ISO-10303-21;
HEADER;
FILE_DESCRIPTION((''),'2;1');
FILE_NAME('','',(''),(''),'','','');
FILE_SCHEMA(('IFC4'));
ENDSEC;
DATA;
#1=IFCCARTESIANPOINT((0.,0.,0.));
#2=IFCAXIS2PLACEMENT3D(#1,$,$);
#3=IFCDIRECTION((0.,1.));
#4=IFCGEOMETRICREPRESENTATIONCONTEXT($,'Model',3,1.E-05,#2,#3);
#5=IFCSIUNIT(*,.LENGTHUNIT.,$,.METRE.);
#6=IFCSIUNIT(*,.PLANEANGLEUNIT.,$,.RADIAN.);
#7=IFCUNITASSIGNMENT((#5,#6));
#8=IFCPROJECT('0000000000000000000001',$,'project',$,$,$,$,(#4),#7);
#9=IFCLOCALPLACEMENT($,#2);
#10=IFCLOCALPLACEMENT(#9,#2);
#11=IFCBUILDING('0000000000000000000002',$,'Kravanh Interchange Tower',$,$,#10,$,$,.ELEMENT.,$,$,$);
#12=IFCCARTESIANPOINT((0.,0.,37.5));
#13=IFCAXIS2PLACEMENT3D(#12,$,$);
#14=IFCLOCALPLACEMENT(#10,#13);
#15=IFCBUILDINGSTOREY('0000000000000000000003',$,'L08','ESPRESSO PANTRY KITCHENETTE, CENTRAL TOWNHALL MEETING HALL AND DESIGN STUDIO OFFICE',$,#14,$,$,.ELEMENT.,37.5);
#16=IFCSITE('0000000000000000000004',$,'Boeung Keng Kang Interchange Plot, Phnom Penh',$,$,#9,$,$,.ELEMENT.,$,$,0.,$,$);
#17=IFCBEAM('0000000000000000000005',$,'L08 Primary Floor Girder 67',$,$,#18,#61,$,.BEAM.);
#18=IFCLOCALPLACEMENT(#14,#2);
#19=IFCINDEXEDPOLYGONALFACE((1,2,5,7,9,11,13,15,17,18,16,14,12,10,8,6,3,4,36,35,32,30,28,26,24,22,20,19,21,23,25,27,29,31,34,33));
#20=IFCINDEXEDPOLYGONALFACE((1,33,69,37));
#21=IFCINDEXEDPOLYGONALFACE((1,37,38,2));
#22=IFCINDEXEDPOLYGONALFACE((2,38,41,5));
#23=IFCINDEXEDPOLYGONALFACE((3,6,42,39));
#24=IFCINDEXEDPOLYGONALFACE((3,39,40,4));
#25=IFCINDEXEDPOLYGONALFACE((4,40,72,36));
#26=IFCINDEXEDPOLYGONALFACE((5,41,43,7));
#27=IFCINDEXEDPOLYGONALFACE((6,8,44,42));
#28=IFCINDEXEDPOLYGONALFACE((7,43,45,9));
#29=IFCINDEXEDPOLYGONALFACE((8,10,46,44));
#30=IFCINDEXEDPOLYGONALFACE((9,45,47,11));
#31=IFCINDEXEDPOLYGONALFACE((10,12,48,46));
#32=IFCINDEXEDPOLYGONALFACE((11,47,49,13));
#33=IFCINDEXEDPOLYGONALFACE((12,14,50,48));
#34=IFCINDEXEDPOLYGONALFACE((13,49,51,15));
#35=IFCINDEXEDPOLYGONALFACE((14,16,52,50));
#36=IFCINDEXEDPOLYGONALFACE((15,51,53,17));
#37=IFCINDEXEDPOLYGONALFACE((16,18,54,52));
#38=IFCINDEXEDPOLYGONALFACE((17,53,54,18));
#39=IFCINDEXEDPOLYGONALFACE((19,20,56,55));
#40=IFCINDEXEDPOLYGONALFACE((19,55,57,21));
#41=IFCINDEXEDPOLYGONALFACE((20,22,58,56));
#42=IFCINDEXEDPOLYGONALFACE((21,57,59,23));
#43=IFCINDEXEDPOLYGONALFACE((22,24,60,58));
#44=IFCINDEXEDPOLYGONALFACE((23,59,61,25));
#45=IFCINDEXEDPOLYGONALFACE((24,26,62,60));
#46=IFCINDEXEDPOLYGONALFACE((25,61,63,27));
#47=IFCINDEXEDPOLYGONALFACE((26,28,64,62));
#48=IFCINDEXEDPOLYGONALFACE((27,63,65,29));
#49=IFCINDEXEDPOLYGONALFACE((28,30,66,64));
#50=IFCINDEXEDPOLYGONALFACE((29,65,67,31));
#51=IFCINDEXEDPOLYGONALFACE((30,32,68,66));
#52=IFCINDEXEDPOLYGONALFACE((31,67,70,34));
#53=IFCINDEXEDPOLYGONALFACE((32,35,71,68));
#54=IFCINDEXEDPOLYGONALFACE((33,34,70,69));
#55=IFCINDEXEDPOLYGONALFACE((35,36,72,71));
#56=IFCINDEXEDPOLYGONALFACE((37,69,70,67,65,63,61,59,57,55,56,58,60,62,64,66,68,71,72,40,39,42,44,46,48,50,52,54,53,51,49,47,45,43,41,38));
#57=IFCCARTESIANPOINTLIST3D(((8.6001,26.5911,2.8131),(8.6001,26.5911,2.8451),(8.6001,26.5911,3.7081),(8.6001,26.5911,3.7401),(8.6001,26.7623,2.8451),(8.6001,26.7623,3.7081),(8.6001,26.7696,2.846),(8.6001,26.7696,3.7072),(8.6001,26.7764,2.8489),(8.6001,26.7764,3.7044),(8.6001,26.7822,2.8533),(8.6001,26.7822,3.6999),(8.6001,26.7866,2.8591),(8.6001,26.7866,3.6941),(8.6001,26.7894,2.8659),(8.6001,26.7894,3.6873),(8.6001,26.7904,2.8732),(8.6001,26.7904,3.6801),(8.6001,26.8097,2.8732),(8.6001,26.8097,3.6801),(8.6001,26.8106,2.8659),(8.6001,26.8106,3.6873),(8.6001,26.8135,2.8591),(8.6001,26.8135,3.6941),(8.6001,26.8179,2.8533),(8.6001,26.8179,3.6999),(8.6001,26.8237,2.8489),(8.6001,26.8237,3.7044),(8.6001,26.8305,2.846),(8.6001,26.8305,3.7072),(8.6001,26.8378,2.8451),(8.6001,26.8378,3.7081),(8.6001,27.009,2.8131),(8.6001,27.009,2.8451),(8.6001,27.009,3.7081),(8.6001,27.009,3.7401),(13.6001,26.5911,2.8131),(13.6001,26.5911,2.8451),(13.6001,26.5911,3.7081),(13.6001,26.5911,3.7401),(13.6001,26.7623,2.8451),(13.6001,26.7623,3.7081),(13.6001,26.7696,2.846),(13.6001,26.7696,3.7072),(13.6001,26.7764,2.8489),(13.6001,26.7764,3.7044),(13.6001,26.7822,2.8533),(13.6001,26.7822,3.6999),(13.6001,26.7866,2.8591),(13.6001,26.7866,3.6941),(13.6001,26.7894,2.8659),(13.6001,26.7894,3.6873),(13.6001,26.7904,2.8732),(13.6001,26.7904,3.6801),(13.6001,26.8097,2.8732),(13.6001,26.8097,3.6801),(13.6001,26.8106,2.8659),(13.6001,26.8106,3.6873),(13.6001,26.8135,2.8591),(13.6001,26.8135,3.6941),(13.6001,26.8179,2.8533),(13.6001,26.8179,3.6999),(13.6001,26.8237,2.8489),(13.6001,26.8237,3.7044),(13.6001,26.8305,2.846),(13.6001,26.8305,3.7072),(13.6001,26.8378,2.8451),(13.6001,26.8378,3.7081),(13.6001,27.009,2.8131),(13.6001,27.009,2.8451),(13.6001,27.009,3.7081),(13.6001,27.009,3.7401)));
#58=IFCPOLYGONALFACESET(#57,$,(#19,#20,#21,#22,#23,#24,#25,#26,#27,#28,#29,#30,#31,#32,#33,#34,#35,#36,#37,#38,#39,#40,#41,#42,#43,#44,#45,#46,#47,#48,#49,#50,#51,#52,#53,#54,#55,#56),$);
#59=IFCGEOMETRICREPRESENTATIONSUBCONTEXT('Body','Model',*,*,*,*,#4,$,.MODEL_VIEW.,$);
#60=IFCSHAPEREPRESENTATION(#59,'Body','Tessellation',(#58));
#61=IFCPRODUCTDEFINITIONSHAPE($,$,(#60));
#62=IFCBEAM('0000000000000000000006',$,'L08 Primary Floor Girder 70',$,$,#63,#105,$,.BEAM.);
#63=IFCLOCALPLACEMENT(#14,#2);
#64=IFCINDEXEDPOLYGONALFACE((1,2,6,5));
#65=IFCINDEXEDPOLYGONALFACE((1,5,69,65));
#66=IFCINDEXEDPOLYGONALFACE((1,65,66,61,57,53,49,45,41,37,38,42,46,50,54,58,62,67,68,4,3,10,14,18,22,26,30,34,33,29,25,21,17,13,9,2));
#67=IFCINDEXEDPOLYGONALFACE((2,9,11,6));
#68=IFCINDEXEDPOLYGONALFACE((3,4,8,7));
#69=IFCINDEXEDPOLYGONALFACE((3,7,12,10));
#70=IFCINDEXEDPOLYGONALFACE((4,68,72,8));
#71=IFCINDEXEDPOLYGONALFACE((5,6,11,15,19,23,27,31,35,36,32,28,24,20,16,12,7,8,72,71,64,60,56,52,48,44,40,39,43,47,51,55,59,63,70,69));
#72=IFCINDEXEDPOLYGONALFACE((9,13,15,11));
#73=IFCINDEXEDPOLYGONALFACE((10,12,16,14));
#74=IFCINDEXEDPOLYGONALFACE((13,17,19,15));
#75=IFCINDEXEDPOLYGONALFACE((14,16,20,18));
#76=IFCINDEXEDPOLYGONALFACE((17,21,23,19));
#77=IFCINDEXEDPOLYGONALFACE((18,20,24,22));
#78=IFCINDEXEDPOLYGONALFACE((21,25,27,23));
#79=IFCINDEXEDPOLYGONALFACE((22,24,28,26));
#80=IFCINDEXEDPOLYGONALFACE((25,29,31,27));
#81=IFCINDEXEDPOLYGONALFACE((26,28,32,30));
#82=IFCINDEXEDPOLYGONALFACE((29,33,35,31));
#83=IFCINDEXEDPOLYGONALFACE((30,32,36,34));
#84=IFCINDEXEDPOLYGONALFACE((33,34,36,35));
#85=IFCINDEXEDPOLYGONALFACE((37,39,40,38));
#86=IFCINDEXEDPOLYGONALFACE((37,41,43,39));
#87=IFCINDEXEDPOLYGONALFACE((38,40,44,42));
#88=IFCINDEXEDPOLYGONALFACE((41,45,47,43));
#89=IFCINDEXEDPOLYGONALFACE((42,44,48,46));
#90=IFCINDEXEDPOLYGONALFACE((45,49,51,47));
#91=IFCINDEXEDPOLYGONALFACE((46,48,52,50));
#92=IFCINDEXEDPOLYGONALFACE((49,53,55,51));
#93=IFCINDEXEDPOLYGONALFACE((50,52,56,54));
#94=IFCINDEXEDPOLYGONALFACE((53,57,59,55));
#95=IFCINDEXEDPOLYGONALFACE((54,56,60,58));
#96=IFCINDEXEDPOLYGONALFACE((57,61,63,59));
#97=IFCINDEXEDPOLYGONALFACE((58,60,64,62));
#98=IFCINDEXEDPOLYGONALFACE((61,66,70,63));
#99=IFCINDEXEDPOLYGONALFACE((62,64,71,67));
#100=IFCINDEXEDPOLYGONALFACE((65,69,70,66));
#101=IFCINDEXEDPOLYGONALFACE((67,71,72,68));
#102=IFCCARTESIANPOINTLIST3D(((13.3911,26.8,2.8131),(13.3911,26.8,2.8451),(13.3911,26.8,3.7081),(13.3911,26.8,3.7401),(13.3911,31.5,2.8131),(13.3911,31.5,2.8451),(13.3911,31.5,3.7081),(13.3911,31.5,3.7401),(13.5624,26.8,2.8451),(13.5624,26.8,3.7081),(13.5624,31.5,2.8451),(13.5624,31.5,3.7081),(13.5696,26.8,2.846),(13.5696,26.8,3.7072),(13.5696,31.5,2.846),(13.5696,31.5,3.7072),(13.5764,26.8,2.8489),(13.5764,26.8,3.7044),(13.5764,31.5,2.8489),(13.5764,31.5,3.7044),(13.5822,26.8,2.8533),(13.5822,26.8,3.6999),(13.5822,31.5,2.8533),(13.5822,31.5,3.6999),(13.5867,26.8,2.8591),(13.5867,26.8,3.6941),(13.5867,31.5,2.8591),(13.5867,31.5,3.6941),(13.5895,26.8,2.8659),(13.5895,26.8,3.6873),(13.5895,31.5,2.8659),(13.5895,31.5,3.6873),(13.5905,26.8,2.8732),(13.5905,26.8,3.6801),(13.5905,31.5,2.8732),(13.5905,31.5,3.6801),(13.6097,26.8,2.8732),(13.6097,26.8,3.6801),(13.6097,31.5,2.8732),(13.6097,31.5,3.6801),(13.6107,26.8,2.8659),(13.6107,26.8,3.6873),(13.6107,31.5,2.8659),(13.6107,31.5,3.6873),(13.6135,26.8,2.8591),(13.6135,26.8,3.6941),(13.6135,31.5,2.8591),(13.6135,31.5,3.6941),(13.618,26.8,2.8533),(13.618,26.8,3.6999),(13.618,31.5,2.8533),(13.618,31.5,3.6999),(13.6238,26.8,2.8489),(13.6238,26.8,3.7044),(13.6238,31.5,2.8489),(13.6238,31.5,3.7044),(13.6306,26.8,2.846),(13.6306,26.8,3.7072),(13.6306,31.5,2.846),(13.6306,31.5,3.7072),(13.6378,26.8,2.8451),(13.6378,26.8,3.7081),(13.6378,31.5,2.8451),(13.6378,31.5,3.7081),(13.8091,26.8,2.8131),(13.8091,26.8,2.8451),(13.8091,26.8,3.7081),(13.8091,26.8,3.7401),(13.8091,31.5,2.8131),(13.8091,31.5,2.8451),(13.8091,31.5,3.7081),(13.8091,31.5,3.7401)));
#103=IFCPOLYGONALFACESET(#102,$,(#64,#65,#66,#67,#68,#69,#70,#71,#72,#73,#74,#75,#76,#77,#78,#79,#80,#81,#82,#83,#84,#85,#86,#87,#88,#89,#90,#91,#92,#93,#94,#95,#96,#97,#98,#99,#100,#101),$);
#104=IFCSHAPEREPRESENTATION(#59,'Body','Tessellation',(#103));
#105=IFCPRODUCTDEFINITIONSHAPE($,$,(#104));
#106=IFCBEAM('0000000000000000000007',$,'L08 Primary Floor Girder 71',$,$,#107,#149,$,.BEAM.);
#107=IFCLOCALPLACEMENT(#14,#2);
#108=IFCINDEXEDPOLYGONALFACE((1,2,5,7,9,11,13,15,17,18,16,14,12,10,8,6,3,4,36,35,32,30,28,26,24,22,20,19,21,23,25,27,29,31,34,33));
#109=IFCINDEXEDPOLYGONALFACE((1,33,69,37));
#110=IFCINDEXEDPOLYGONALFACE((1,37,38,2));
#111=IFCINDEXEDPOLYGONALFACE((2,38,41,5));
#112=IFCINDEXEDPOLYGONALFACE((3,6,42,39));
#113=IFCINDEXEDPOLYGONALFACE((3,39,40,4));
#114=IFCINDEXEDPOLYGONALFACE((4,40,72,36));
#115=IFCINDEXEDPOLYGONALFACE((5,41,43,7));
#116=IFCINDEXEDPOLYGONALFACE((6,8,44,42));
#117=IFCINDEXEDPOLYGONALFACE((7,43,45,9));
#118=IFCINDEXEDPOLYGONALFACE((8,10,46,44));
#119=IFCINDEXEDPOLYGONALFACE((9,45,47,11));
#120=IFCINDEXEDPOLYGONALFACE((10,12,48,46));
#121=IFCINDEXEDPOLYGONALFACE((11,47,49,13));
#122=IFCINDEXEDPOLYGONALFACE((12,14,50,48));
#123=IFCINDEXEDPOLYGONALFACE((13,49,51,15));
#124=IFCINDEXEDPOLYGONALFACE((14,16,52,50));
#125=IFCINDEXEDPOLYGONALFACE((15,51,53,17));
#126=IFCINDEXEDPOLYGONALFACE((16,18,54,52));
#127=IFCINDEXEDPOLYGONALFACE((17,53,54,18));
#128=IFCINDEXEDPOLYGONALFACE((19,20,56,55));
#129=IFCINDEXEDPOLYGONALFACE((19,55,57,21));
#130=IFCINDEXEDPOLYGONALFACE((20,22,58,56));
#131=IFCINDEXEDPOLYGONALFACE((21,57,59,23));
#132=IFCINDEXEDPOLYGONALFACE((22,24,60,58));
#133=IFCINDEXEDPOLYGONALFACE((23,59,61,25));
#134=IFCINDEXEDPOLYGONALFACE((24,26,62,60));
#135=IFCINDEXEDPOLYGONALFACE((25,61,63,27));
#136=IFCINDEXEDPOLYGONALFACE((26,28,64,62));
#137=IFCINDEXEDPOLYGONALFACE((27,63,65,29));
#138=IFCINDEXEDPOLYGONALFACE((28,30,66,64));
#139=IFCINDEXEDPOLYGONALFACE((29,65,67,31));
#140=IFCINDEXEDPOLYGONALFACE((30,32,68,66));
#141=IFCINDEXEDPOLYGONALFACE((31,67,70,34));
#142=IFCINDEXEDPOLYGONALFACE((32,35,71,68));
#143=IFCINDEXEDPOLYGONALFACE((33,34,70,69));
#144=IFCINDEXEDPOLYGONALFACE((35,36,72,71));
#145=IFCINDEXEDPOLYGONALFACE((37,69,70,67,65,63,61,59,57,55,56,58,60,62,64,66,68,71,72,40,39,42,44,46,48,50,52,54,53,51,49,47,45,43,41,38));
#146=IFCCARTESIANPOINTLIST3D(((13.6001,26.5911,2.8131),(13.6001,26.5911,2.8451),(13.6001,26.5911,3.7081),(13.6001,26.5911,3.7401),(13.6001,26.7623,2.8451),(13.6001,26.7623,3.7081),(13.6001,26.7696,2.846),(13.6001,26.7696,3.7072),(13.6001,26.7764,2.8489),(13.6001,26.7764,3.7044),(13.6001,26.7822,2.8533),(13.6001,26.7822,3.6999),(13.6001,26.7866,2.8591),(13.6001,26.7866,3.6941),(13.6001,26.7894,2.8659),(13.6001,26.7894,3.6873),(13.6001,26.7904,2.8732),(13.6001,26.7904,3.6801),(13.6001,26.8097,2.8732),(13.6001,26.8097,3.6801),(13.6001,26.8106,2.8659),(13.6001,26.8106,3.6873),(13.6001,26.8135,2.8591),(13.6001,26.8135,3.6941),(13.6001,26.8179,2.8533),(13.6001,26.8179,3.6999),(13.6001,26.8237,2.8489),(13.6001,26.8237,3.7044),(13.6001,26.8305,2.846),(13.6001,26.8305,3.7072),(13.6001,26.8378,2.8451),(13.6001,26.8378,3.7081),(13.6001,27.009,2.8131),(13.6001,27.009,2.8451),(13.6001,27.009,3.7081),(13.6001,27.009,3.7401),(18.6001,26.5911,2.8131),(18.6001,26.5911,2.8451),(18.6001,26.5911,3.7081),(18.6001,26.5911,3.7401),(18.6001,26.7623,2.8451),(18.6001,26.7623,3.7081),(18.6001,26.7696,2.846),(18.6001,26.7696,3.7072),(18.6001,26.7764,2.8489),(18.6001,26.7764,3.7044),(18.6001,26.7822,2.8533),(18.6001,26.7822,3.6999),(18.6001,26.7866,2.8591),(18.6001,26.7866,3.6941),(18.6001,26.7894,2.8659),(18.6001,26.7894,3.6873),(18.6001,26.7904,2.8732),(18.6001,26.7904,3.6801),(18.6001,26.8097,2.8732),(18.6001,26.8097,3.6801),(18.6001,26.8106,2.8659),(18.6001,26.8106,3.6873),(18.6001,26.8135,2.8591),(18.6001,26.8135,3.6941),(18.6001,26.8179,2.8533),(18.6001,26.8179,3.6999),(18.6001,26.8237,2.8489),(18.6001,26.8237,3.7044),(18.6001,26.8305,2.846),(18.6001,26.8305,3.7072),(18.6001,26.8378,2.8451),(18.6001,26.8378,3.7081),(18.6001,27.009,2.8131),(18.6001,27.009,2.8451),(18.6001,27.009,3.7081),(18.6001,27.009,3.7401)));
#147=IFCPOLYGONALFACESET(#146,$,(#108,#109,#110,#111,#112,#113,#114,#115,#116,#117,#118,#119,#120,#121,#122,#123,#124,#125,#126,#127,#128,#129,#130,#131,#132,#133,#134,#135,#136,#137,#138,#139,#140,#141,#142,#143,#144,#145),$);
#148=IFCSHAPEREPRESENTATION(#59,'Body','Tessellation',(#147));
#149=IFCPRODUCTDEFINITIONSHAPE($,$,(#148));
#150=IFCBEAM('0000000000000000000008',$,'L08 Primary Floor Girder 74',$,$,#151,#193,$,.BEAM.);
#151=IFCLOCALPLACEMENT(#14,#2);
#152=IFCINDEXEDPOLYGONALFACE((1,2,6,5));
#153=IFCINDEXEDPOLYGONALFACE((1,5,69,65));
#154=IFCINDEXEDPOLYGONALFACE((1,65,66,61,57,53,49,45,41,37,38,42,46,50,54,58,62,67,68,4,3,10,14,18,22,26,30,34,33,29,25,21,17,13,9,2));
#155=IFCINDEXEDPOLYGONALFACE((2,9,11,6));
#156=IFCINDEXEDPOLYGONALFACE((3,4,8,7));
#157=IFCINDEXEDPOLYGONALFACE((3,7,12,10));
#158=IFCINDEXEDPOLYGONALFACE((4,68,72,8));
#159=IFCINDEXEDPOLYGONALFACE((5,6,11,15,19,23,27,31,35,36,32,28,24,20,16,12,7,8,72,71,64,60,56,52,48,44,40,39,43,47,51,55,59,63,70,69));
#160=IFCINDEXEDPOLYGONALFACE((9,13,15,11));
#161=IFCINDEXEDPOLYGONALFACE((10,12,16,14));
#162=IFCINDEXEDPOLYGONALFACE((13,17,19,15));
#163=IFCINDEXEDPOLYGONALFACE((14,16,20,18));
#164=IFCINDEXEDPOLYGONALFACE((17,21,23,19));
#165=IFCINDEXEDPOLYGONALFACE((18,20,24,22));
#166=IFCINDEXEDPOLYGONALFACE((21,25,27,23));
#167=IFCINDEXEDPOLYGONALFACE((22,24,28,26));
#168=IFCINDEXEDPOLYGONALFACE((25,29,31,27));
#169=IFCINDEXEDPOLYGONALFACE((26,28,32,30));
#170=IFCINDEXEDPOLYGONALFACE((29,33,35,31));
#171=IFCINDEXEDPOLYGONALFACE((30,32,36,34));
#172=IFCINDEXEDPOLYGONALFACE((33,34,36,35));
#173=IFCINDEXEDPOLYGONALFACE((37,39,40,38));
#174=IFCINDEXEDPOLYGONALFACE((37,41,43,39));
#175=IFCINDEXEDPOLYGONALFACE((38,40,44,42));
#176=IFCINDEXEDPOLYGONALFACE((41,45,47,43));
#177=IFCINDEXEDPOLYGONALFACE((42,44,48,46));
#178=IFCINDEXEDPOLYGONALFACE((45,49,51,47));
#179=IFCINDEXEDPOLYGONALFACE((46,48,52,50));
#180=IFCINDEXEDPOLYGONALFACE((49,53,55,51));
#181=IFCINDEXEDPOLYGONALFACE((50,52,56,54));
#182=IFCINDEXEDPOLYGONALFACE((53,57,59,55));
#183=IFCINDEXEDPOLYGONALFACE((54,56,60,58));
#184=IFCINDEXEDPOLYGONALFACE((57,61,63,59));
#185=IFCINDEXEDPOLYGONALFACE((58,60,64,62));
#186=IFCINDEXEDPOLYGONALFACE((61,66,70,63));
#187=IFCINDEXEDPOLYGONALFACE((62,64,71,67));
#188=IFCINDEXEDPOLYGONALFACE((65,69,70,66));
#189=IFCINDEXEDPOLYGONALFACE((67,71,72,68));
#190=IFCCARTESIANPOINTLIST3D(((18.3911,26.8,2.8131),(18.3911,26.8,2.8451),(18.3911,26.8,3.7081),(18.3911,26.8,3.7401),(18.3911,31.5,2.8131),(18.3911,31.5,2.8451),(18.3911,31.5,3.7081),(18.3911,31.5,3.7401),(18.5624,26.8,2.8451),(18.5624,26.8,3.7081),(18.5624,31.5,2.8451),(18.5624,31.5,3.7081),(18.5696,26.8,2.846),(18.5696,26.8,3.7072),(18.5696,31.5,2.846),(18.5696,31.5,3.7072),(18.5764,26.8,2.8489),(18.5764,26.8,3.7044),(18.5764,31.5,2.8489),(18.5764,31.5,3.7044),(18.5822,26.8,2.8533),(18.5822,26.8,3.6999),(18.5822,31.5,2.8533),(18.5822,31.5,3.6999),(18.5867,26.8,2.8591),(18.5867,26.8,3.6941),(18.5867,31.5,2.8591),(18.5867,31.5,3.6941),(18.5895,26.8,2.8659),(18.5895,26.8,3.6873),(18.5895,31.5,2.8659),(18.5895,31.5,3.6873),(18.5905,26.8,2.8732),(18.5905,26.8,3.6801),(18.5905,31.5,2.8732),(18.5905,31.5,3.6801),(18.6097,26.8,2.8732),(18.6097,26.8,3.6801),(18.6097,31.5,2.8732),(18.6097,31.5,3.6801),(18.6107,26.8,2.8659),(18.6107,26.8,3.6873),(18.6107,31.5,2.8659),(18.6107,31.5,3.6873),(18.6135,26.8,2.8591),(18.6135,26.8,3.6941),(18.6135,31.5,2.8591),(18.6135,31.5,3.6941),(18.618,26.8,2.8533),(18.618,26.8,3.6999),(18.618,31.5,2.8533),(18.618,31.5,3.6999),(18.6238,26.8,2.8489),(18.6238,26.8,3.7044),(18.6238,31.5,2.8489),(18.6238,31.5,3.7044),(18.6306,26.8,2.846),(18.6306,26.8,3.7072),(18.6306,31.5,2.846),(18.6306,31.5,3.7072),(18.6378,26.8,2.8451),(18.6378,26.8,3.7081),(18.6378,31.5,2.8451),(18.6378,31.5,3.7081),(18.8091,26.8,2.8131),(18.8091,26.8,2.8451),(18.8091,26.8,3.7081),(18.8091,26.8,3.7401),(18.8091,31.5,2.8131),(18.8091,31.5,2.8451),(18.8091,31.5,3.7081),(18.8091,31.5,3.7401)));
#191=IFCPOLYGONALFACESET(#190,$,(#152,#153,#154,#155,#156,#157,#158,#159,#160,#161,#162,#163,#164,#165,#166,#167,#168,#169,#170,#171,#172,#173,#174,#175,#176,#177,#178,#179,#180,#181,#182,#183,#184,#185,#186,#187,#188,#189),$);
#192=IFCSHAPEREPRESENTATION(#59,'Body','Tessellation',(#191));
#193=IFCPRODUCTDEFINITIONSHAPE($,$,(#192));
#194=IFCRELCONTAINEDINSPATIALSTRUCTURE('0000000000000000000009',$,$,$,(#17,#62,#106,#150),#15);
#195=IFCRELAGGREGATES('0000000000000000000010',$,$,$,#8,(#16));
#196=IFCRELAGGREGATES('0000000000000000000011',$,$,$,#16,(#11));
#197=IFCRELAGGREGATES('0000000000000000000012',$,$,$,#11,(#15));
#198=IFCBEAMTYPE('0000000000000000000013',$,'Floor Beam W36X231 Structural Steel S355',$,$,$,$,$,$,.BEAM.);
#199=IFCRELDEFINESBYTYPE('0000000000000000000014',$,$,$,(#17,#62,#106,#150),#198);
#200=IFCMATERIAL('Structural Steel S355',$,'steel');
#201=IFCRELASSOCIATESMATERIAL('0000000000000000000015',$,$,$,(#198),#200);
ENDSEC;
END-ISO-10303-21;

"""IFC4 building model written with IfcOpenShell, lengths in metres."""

from ifc_helpers import new_model, si_unit, direction, frame, origin, origin_2d, place, context, subcontext, project, spatial, i_section, extrude, material, material_profile, profile_set, type_object, element, save


model = new_model("IFC4")

# Units and contexts
model_context = context("Model", 3, precision=1e-05, world=origin(), true_north=direction((0.0, 1.0)))
body_context = subcontext(model_context, "Body", "Model", "MODEL_VIEW")
ifc_project = project(units=[si_unit("LENGTHUNIT", "METRE"), si_unit("PLANEANGLEUNIT", "RADIAN")], contexts=[model_context])

# Site, building, storey
site_placement = place(None, origin())
site = spatial("IfcSite", under=ifc_project, at=site_placement, Name="Boeung Keng Kang Interchange Plot, Phnom Penh", CompositionType="ELEMENT", RefElevation=0.0)
building_placement = place(site_placement, origin())
building = spatial("IfcBuilding", under=site, at=building_placement, Name="Kravanh Interchange Tower", CompositionType="ELEMENT")
storey_placement = place(building_placement, frame((0.0, 0.0, 37.5)))
storey = spatial("IfcBuildingStorey", under=building, at=storey_placement, Name="L08", Description="ESPRESSO PANTRY KITCHENETTE, CENTRAL TOWNHALL MEETING HALL AND DESIGN STUDIO OFFICE", CompositionType="ELEMENT", Elevation=37.5)

# Beams
ifc_material_1 = material(Name="Structural Steel S355", Category="steel")
ifc_material_profile_1 = material_profile(ifc_material_1, i_section(OverallWidth=0.418, OverallDepth=0.927, WebThickness=0.0193, FlangeThickness=0.032, FilletRadius=0.0281, at=origin_2d()), Name="W36X231")
ifc_profile_set_1 = profile_set([ifc_material_profile_1], Name="Structural Steel S355")
beam_type_1 = type_object("IfcBeamType", Name="Floor Beam W36X231 Structural Steel S355", PredefinedType="BEAM", material=ifc_profile_set_1)
beam_1_placement = place(storey_placement, frame((8.6001, 26.8, 3.2766), z_axis=(1.0, 0.0, 0.0), x_axis=(0.0, 1.0, 0.0)))
element("IfcBeam", 1, at=beam_1_placement, inside=storey, type_object=beam_type_1, Name="L08 Primary Floor Girder 67", PredefinedType="BEAM", context=body_context, shape_type="SweptSolid", body=[
    extrude(i_section(OverallWidth=0.418, OverallDepth=0.927, WebThickness=0.0193, FlangeThickness=0.032, FilletRadius=0.0281, at=origin_2d()), origin(), (0.0, 0.0, 1.0), 5.0),
])
beam_2_placement = place(storey_placement, frame((13.6001, 26.8, 3.2766), z_axis=(0.0, 1.0, 0.0), x_axis=(-1.0, 0.0, 0.0)))
element("IfcBeam", 2, at=beam_2_placement, inside=storey, type_object=beam_type_1, Name="L08 Primary Floor Girder 70", PredefinedType="BEAM", context=body_context, shape_type="SweptSolid", body=[
    extrude(i_section(OverallWidth=0.418, OverallDepth=0.927, WebThickness=0.0193, FlangeThickness=0.032, FilletRadius=0.0281, at=origin_2d()), origin(), (0.0, 0.0, 1.0), 4.7),
])
beam_3_placement = place(storey_placement, frame((13.6001, 26.8, 3.2766), z_axis=(1.0, 0.0, 0.0), x_axis=(0.0, 1.0, 0.0)))
element("IfcBeam", 3, at=beam_3_placement, inside=storey, type_object=beam_type_1, Name="L08 Primary Floor Girder 71", PredefinedType="BEAM", context=body_context, shape_type="SweptSolid", body=[
    extrude(i_section(OverallWidth=0.418, OverallDepth=0.927, WebThickness=0.0193, FlangeThickness=0.032, FilletRadius=0.0281, at=origin_2d()), origin(), (0.0, 0.0, 1.0), 5.0),
])
beam_4_placement = place(storey_placement, frame((18.6001, 26.8, 3.2766), z_axis=(0.0, 1.0, 0.0), x_axis=(-1.0, 0.0, 0.0)))
element("IfcBeam", 4, at=beam_4_placement, inside=storey, type_object=beam_type_1, Name="L08 Primary Floor Girder 74", PredefinedType="BEAM", context=body_context, shape_type="SweptSolid", body=[
    extrude(i_section(OverallWidth=0.418, OverallDepth=0.927, WebThickness=0.0193, FlangeThickness=0.032, FilletRadius=0.0281, at=origin_2d()), origin(), (0.0, 0.0, 1.0), 4.7),
])

save(model, "model.ifc")
